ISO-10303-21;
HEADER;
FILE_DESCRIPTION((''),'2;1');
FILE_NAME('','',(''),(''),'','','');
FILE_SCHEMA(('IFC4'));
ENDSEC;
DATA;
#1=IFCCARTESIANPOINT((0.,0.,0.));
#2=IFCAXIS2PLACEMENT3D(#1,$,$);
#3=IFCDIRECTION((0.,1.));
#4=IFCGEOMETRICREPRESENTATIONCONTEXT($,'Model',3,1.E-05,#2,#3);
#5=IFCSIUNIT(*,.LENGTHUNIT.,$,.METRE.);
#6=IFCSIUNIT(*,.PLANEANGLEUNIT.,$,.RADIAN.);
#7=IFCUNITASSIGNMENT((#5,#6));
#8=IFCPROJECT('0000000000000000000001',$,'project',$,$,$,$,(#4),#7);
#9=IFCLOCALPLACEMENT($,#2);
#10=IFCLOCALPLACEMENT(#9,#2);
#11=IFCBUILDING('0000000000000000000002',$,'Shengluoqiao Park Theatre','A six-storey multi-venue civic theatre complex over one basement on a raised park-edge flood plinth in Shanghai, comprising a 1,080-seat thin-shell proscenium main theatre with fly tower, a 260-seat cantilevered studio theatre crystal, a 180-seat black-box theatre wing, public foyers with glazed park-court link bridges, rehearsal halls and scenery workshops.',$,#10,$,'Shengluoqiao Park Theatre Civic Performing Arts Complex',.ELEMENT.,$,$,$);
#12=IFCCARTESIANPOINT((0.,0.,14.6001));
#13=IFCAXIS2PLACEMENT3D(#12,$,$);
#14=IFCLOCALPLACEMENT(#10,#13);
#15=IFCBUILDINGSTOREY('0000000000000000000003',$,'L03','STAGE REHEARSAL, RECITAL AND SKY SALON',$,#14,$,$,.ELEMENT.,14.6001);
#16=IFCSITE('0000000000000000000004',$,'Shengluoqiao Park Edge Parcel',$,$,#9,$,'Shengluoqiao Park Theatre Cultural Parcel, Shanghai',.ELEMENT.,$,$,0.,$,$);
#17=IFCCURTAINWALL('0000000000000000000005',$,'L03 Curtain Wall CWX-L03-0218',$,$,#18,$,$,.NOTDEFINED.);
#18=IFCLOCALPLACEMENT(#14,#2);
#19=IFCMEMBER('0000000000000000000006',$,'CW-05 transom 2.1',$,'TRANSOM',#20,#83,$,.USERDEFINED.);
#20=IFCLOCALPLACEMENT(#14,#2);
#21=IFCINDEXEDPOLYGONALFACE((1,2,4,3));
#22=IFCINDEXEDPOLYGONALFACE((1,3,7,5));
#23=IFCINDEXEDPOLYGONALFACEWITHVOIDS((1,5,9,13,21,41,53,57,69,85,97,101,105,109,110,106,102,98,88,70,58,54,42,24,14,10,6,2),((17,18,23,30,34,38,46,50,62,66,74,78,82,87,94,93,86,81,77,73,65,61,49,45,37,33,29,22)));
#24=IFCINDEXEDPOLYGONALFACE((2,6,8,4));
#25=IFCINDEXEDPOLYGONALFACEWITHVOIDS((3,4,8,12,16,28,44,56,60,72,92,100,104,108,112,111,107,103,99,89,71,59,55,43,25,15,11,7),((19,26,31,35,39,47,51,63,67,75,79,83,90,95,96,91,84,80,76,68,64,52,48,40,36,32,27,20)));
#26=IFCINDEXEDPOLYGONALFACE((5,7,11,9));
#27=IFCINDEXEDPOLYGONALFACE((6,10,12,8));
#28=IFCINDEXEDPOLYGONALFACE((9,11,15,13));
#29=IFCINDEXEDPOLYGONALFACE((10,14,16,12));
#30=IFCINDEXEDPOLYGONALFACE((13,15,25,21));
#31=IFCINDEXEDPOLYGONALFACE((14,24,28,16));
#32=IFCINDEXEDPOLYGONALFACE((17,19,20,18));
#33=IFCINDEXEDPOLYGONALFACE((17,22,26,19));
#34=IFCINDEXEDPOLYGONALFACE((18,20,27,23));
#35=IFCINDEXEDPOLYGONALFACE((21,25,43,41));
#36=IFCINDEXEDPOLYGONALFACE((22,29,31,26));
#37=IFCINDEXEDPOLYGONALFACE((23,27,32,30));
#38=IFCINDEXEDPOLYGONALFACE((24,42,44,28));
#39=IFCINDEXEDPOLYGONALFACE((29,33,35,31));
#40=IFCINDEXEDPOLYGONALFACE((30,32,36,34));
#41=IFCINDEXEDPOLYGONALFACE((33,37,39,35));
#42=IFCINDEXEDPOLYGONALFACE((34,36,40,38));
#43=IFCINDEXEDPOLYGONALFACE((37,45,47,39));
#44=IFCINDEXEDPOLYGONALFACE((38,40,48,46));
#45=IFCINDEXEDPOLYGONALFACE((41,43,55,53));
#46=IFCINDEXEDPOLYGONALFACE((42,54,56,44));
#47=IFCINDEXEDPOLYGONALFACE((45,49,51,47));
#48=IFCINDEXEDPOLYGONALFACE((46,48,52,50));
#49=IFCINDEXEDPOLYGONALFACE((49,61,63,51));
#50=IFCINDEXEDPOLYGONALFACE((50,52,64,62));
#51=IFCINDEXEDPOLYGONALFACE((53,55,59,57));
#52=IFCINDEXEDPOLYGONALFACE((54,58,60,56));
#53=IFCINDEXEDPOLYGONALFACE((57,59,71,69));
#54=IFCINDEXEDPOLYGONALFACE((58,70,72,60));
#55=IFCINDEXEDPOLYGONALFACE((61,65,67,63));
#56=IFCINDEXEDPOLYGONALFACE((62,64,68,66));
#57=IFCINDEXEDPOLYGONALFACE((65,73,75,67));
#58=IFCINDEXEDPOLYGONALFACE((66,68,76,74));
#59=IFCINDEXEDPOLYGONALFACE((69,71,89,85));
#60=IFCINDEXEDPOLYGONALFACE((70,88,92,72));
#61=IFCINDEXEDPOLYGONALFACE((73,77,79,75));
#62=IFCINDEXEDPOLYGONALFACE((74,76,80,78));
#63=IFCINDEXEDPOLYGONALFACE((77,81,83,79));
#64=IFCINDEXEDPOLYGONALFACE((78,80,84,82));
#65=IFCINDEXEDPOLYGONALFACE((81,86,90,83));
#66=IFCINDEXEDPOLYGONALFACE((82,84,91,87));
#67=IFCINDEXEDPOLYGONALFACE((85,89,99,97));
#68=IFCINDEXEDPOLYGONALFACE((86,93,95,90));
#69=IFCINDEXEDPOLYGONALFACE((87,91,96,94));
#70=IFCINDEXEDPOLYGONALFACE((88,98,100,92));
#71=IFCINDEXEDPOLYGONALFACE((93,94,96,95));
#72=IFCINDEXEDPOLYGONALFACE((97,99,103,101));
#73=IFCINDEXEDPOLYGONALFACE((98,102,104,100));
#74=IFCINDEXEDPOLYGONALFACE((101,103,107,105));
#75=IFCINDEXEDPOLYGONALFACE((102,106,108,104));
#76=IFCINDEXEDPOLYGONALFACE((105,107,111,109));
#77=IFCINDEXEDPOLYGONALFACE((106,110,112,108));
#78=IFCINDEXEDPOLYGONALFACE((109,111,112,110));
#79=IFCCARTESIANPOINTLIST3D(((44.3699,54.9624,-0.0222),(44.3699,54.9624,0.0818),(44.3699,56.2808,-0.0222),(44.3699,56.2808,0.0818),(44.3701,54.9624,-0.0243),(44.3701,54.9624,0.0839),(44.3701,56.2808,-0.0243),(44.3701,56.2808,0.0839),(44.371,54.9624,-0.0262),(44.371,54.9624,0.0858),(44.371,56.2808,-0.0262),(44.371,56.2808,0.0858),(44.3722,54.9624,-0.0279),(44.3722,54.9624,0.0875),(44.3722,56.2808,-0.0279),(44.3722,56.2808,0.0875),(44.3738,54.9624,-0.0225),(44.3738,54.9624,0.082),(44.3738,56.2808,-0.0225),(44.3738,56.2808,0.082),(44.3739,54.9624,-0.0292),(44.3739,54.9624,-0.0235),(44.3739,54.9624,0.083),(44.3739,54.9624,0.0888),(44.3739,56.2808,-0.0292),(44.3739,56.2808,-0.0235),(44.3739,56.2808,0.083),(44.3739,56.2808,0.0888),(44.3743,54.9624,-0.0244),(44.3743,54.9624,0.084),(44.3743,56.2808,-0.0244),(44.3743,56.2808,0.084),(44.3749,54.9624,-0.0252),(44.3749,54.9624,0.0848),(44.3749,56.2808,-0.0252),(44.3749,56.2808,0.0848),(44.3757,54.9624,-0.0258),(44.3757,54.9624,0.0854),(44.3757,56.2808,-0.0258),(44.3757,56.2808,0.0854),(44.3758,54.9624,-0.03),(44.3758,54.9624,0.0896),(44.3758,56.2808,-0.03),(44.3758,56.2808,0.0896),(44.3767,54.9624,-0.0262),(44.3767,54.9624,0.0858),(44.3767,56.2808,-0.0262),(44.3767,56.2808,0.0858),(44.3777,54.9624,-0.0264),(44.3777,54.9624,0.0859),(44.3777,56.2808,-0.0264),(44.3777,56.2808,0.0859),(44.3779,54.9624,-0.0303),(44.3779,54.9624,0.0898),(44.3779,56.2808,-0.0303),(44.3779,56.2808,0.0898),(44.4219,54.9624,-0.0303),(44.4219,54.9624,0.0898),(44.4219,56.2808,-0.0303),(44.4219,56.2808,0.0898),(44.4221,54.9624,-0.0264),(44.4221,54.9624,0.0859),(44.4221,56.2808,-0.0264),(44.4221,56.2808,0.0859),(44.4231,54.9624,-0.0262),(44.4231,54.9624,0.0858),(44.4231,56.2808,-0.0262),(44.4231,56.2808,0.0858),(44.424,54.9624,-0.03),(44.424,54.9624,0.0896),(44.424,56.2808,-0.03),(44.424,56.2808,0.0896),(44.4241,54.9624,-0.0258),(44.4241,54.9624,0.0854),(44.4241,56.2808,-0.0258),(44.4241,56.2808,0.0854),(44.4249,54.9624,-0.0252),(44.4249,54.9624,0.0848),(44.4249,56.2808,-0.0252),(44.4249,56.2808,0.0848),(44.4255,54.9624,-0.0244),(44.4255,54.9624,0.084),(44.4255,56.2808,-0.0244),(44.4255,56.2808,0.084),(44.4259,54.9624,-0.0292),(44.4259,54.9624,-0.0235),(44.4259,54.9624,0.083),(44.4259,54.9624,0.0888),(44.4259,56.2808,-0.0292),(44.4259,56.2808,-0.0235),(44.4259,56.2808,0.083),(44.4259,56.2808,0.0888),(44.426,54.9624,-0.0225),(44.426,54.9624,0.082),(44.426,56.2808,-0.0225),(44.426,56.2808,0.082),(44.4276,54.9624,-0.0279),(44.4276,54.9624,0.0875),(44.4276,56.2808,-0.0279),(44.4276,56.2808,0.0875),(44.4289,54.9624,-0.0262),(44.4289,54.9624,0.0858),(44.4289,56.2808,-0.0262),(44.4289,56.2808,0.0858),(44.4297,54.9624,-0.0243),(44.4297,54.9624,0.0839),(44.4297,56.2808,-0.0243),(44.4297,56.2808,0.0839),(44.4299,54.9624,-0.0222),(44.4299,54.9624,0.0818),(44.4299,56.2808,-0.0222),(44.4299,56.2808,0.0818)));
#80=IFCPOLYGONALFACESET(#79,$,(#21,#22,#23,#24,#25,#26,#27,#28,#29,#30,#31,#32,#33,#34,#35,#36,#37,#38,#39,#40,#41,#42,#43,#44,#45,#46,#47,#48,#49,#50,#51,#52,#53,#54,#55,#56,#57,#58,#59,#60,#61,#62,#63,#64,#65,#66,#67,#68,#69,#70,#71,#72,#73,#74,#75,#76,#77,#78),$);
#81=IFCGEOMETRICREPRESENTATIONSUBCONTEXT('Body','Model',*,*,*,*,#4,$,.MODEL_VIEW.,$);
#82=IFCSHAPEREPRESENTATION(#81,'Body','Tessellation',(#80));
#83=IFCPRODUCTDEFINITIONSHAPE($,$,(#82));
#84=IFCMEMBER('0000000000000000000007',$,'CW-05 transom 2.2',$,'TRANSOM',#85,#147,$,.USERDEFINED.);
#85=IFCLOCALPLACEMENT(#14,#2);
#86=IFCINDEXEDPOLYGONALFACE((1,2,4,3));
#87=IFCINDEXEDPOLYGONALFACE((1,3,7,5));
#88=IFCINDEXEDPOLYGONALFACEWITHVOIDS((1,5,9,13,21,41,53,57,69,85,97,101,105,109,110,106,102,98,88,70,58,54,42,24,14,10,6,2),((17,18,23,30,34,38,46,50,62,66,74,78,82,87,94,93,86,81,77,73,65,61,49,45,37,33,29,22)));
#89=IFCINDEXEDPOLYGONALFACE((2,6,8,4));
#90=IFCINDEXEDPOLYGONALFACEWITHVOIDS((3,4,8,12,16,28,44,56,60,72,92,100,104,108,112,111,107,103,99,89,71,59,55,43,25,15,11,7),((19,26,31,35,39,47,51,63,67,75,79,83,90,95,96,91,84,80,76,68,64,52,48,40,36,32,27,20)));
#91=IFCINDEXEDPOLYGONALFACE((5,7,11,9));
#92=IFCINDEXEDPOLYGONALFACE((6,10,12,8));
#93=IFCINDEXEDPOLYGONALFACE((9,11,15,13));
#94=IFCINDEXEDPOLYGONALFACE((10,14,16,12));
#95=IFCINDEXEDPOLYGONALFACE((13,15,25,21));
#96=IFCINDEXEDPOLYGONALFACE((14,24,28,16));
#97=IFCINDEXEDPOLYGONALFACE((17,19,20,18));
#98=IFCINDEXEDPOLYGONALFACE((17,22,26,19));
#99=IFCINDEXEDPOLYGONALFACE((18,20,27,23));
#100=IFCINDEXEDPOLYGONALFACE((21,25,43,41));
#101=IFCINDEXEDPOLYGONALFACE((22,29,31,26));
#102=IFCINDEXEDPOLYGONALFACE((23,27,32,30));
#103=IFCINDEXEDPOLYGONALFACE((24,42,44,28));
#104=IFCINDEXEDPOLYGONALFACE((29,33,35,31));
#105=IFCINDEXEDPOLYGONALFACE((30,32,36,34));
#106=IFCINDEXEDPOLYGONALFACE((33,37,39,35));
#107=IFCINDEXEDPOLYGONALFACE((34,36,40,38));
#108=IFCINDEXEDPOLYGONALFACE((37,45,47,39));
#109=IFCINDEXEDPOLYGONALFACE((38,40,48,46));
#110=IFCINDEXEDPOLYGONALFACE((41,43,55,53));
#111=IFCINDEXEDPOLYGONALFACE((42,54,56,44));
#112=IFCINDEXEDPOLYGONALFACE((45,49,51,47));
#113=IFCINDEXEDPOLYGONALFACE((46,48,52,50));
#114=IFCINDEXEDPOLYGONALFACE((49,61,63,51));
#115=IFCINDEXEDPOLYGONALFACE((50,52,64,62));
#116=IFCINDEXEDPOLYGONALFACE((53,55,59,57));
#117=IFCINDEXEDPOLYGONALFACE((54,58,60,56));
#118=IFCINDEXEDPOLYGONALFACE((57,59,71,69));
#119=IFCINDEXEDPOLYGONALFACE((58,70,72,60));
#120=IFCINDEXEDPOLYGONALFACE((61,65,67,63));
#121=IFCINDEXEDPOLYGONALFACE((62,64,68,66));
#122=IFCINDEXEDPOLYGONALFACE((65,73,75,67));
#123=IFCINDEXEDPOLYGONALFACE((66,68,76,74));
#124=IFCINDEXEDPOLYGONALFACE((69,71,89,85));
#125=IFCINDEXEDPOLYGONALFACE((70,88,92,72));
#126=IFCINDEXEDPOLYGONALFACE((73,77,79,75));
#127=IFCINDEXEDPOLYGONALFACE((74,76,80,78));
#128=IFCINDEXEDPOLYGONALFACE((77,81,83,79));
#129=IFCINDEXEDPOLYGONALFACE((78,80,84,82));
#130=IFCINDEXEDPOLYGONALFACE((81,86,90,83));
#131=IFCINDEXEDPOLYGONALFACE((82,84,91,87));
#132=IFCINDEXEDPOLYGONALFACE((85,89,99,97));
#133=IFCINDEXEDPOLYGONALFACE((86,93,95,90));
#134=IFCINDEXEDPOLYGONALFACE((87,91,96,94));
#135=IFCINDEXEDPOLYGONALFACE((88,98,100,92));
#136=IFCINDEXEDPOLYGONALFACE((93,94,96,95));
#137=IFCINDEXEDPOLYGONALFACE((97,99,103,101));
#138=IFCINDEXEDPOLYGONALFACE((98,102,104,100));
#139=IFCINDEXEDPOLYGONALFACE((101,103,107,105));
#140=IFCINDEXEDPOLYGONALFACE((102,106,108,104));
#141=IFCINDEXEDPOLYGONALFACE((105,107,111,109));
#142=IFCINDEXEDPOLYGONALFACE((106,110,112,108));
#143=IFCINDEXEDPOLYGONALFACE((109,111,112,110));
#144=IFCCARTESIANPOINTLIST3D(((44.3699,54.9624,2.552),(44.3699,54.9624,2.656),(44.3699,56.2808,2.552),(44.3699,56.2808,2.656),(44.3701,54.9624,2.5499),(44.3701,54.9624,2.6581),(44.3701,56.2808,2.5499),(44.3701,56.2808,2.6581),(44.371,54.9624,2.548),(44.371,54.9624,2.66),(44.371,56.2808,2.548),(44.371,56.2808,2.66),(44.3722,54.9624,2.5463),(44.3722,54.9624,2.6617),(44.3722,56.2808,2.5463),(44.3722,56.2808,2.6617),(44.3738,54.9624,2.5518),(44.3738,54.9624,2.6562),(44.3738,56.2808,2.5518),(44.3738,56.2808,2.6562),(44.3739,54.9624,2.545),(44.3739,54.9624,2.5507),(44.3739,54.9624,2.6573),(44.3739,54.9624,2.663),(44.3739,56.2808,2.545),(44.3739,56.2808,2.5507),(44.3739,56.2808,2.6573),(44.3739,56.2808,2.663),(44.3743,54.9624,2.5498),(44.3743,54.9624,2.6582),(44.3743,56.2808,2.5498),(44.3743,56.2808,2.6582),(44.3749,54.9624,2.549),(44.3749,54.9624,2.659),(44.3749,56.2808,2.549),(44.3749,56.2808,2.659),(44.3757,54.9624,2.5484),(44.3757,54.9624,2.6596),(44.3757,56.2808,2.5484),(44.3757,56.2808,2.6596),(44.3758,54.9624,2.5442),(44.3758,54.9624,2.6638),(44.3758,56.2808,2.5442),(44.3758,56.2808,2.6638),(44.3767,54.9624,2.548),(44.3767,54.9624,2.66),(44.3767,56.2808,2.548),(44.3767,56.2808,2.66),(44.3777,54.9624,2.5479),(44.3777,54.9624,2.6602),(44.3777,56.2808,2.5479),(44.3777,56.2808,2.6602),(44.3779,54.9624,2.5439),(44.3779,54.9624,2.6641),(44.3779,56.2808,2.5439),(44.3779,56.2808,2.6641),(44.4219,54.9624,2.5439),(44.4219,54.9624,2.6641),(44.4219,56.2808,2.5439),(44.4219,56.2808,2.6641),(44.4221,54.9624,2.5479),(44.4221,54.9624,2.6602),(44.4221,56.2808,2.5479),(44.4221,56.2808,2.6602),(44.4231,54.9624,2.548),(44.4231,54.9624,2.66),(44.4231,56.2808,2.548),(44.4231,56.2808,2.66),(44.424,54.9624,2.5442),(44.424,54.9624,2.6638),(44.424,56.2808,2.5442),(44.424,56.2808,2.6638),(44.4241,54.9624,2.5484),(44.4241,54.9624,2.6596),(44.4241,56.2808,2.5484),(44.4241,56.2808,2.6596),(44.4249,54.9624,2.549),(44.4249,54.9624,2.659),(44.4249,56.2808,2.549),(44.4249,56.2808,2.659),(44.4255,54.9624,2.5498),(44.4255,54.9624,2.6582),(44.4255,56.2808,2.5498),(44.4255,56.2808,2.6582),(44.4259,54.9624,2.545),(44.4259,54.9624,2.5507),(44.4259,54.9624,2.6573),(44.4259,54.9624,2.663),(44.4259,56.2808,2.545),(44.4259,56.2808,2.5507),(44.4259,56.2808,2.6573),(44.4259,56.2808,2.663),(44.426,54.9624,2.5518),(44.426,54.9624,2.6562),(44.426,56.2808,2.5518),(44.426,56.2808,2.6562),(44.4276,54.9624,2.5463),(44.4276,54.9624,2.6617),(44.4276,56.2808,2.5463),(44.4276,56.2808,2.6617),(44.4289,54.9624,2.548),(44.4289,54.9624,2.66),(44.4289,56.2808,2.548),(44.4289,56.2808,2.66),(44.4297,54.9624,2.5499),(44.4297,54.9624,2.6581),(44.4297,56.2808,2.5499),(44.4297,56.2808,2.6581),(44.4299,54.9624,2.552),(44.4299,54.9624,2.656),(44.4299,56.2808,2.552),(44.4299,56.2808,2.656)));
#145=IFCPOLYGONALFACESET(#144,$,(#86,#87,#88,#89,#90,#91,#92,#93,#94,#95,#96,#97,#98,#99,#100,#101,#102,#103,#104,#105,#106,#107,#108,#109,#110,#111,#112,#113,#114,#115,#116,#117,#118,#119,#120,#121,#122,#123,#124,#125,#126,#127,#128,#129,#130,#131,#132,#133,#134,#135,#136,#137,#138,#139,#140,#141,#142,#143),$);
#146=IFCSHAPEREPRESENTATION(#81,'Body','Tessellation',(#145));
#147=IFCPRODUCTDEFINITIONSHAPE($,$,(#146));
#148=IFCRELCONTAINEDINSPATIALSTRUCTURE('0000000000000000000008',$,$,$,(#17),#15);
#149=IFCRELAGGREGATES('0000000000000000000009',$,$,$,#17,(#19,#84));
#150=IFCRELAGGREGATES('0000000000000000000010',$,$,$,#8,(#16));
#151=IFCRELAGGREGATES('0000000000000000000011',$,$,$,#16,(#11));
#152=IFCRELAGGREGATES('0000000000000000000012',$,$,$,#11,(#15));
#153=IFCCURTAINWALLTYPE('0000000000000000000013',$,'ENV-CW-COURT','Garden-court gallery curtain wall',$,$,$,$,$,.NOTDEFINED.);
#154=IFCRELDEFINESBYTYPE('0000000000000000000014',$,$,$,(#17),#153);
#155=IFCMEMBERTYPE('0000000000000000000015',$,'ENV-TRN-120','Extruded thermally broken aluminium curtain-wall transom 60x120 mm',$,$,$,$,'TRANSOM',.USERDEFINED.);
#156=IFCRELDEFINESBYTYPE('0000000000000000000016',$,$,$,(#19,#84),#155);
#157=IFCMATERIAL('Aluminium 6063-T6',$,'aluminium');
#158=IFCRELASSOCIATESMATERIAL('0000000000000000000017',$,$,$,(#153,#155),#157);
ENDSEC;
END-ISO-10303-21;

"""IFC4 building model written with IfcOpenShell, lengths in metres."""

from ifc_helpers import new_model, si_unit, direction, frame, origin, origin_2d, place, context, subcontext, project, spatial, hollow_rectangle, extrude, material, material_profile, profile_set, type_object, element, aggregate, save


model = new_model("IFC4")

# Units and contexts
model_context = context("Model", 3, precision=1e-05, world=origin(), true_north=direction((0.0, 1.0)))
body_context = subcontext(model_context, "Body", "Model", "MODEL_VIEW")
ifc_project = project(units=[si_unit("LENGTHUNIT", "METRE"), si_unit("PLANEANGLEUNIT", "RADIAN")], contexts=[model_context])

# Site, building, storey
site_placement = place(None, origin())
site = spatial("IfcSite", under=ifc_project, at=site_placement, Name="Shengluoqiao Park Edge Parcel", LongName="Shengluoqiao Park Theatre Cultural Parcel, Shanghai", CompositionType="ELEMENT", RefElevation=0.0)
building_placement = place(site_placement, origin())
building = spatial("IfcBuilding", under=site, at=building_placement, Name="Shengluoqiao Park Theatre", Description="A six-storey multi-venue civic theatre complex over one basement on a raised park-edge flood plinth in Shanghai, comprising a 1,080-seat thin-shell proscenium main theatre with fly tower, a 260-seat cantilevered studio theatre crystal, a 180-seat black-box theatre wing, public foyers with glazed park-court link bridges, rehearsal halls and scenery workshops.", LongName="Shengluoqiao Park Theatre Civic Performing Arts Complex", CompositionType="ELEMENT")
storey_placement = place(building_placement, frame((0.0, 0.0, 14.6001)))
storey = spatial("IfcBuildingStorey", under=building, at=storey_placement, Name="L03", Description="STAGE REHEARSAL, RECITAL AND SKY SALON", CompositionType="ELEMENT", Elevation=14.6001)

# Curtain wall
ifc_material_1 = material(Name="Aluminium 6063-T6", Category="aluminium")
curtain_wall_type_1 = type_object("IfcCurtainWallType", Name="ENV-CW-COURT", Description="Garden-court gallery curtain wall", PredefinedType="NOTDEFINED", material=ifc_material_1)
curtain_wall_1_placement = place(storey_placement, origin())
curtain_wall_1 = element("IfcCurtainWall", 1, at=curtain_wall_1_placement, inside=storey, type_object=curtain_wall_type_1, Name="L03 Curtain Wall CWX-L03-0218", PredefinedType="NOTDEFINED")

# Members
ifc_material_profile_1 = material_profile(ifc_material_1, hollow_rectangle(XDim=0.0601, YDim=0.1201, WallThickness=0.0039, InnerFilletRadius=0.0039, OuterFilletRadius=0.0081, at=origin_2d()), Name="ALU TRANSOM 120x60x4")
ifc_profile_set_1 = profile_set([ifc_material_profile_1], Name="Aluminium 6063-T6")
member_type_1 = type_object("IfcMemberType", Name="ENV-TRN-120", Description="Extruded thermally broken aluminium curtain-wall transom 60x120 mm", ElementType="TRANSOM", PredefinedType="USERDEFINED", material=ifc_profile_set_1)
member_1_placement = place(storey_placement, frame((44.3999, 54.9624, 0.0298), z_axis=(0.0, 1.0, 0.0), x_axis=(-1.0, 0.0, 0.0)))
member_1 = element("IfcMember", 2, at=member_1_placement, type_object=member_type_1, Name="CW-05 transom 2.1", ObjectType="TRANSOM", PredefinedType="USERDEFINED", context=body_context, shape_type="SweptSolid", body=[
    extrude(hollow_rectangle(XDim=0.0601, YDim=0.1201, WallThickness=0.0039, InnerFilletRadius=0.0039, OuterFilletRadius=0.0081, at=origin_2d()), origin(), (0.0, 0.0, 1.0), 1.3184),
])
member_2_placement = place(storey_placement, frame((44.3999, 54.9624, 2.604), z_axis=(0.0, 1.0, 0.0), x_axis=(-1.0, 0.0, 0.0)))
member_2 = element("IfcMember", 3, at=member_2_placement, type_object=member_type_1, Name="CW-05 transom 2.2", ObjectType="TRANSOM", PredefinedType="USERDEFINED", context=body_context, shape_type="SweptSolid", body=[
    extrude(hollow_rectangle(XDim=0.0601, YDim=0.1201, WallThickness=0.0039, InnerFilletRadius=0.0039, OuterFilletRadius=0.0081, at=origin_2d()), origin(), (0.0, 0.0, 1.0), 1.3184),
])

aggregate(curtain_wall_1, [member_1, member_2])

save(model, "model.ifc")
